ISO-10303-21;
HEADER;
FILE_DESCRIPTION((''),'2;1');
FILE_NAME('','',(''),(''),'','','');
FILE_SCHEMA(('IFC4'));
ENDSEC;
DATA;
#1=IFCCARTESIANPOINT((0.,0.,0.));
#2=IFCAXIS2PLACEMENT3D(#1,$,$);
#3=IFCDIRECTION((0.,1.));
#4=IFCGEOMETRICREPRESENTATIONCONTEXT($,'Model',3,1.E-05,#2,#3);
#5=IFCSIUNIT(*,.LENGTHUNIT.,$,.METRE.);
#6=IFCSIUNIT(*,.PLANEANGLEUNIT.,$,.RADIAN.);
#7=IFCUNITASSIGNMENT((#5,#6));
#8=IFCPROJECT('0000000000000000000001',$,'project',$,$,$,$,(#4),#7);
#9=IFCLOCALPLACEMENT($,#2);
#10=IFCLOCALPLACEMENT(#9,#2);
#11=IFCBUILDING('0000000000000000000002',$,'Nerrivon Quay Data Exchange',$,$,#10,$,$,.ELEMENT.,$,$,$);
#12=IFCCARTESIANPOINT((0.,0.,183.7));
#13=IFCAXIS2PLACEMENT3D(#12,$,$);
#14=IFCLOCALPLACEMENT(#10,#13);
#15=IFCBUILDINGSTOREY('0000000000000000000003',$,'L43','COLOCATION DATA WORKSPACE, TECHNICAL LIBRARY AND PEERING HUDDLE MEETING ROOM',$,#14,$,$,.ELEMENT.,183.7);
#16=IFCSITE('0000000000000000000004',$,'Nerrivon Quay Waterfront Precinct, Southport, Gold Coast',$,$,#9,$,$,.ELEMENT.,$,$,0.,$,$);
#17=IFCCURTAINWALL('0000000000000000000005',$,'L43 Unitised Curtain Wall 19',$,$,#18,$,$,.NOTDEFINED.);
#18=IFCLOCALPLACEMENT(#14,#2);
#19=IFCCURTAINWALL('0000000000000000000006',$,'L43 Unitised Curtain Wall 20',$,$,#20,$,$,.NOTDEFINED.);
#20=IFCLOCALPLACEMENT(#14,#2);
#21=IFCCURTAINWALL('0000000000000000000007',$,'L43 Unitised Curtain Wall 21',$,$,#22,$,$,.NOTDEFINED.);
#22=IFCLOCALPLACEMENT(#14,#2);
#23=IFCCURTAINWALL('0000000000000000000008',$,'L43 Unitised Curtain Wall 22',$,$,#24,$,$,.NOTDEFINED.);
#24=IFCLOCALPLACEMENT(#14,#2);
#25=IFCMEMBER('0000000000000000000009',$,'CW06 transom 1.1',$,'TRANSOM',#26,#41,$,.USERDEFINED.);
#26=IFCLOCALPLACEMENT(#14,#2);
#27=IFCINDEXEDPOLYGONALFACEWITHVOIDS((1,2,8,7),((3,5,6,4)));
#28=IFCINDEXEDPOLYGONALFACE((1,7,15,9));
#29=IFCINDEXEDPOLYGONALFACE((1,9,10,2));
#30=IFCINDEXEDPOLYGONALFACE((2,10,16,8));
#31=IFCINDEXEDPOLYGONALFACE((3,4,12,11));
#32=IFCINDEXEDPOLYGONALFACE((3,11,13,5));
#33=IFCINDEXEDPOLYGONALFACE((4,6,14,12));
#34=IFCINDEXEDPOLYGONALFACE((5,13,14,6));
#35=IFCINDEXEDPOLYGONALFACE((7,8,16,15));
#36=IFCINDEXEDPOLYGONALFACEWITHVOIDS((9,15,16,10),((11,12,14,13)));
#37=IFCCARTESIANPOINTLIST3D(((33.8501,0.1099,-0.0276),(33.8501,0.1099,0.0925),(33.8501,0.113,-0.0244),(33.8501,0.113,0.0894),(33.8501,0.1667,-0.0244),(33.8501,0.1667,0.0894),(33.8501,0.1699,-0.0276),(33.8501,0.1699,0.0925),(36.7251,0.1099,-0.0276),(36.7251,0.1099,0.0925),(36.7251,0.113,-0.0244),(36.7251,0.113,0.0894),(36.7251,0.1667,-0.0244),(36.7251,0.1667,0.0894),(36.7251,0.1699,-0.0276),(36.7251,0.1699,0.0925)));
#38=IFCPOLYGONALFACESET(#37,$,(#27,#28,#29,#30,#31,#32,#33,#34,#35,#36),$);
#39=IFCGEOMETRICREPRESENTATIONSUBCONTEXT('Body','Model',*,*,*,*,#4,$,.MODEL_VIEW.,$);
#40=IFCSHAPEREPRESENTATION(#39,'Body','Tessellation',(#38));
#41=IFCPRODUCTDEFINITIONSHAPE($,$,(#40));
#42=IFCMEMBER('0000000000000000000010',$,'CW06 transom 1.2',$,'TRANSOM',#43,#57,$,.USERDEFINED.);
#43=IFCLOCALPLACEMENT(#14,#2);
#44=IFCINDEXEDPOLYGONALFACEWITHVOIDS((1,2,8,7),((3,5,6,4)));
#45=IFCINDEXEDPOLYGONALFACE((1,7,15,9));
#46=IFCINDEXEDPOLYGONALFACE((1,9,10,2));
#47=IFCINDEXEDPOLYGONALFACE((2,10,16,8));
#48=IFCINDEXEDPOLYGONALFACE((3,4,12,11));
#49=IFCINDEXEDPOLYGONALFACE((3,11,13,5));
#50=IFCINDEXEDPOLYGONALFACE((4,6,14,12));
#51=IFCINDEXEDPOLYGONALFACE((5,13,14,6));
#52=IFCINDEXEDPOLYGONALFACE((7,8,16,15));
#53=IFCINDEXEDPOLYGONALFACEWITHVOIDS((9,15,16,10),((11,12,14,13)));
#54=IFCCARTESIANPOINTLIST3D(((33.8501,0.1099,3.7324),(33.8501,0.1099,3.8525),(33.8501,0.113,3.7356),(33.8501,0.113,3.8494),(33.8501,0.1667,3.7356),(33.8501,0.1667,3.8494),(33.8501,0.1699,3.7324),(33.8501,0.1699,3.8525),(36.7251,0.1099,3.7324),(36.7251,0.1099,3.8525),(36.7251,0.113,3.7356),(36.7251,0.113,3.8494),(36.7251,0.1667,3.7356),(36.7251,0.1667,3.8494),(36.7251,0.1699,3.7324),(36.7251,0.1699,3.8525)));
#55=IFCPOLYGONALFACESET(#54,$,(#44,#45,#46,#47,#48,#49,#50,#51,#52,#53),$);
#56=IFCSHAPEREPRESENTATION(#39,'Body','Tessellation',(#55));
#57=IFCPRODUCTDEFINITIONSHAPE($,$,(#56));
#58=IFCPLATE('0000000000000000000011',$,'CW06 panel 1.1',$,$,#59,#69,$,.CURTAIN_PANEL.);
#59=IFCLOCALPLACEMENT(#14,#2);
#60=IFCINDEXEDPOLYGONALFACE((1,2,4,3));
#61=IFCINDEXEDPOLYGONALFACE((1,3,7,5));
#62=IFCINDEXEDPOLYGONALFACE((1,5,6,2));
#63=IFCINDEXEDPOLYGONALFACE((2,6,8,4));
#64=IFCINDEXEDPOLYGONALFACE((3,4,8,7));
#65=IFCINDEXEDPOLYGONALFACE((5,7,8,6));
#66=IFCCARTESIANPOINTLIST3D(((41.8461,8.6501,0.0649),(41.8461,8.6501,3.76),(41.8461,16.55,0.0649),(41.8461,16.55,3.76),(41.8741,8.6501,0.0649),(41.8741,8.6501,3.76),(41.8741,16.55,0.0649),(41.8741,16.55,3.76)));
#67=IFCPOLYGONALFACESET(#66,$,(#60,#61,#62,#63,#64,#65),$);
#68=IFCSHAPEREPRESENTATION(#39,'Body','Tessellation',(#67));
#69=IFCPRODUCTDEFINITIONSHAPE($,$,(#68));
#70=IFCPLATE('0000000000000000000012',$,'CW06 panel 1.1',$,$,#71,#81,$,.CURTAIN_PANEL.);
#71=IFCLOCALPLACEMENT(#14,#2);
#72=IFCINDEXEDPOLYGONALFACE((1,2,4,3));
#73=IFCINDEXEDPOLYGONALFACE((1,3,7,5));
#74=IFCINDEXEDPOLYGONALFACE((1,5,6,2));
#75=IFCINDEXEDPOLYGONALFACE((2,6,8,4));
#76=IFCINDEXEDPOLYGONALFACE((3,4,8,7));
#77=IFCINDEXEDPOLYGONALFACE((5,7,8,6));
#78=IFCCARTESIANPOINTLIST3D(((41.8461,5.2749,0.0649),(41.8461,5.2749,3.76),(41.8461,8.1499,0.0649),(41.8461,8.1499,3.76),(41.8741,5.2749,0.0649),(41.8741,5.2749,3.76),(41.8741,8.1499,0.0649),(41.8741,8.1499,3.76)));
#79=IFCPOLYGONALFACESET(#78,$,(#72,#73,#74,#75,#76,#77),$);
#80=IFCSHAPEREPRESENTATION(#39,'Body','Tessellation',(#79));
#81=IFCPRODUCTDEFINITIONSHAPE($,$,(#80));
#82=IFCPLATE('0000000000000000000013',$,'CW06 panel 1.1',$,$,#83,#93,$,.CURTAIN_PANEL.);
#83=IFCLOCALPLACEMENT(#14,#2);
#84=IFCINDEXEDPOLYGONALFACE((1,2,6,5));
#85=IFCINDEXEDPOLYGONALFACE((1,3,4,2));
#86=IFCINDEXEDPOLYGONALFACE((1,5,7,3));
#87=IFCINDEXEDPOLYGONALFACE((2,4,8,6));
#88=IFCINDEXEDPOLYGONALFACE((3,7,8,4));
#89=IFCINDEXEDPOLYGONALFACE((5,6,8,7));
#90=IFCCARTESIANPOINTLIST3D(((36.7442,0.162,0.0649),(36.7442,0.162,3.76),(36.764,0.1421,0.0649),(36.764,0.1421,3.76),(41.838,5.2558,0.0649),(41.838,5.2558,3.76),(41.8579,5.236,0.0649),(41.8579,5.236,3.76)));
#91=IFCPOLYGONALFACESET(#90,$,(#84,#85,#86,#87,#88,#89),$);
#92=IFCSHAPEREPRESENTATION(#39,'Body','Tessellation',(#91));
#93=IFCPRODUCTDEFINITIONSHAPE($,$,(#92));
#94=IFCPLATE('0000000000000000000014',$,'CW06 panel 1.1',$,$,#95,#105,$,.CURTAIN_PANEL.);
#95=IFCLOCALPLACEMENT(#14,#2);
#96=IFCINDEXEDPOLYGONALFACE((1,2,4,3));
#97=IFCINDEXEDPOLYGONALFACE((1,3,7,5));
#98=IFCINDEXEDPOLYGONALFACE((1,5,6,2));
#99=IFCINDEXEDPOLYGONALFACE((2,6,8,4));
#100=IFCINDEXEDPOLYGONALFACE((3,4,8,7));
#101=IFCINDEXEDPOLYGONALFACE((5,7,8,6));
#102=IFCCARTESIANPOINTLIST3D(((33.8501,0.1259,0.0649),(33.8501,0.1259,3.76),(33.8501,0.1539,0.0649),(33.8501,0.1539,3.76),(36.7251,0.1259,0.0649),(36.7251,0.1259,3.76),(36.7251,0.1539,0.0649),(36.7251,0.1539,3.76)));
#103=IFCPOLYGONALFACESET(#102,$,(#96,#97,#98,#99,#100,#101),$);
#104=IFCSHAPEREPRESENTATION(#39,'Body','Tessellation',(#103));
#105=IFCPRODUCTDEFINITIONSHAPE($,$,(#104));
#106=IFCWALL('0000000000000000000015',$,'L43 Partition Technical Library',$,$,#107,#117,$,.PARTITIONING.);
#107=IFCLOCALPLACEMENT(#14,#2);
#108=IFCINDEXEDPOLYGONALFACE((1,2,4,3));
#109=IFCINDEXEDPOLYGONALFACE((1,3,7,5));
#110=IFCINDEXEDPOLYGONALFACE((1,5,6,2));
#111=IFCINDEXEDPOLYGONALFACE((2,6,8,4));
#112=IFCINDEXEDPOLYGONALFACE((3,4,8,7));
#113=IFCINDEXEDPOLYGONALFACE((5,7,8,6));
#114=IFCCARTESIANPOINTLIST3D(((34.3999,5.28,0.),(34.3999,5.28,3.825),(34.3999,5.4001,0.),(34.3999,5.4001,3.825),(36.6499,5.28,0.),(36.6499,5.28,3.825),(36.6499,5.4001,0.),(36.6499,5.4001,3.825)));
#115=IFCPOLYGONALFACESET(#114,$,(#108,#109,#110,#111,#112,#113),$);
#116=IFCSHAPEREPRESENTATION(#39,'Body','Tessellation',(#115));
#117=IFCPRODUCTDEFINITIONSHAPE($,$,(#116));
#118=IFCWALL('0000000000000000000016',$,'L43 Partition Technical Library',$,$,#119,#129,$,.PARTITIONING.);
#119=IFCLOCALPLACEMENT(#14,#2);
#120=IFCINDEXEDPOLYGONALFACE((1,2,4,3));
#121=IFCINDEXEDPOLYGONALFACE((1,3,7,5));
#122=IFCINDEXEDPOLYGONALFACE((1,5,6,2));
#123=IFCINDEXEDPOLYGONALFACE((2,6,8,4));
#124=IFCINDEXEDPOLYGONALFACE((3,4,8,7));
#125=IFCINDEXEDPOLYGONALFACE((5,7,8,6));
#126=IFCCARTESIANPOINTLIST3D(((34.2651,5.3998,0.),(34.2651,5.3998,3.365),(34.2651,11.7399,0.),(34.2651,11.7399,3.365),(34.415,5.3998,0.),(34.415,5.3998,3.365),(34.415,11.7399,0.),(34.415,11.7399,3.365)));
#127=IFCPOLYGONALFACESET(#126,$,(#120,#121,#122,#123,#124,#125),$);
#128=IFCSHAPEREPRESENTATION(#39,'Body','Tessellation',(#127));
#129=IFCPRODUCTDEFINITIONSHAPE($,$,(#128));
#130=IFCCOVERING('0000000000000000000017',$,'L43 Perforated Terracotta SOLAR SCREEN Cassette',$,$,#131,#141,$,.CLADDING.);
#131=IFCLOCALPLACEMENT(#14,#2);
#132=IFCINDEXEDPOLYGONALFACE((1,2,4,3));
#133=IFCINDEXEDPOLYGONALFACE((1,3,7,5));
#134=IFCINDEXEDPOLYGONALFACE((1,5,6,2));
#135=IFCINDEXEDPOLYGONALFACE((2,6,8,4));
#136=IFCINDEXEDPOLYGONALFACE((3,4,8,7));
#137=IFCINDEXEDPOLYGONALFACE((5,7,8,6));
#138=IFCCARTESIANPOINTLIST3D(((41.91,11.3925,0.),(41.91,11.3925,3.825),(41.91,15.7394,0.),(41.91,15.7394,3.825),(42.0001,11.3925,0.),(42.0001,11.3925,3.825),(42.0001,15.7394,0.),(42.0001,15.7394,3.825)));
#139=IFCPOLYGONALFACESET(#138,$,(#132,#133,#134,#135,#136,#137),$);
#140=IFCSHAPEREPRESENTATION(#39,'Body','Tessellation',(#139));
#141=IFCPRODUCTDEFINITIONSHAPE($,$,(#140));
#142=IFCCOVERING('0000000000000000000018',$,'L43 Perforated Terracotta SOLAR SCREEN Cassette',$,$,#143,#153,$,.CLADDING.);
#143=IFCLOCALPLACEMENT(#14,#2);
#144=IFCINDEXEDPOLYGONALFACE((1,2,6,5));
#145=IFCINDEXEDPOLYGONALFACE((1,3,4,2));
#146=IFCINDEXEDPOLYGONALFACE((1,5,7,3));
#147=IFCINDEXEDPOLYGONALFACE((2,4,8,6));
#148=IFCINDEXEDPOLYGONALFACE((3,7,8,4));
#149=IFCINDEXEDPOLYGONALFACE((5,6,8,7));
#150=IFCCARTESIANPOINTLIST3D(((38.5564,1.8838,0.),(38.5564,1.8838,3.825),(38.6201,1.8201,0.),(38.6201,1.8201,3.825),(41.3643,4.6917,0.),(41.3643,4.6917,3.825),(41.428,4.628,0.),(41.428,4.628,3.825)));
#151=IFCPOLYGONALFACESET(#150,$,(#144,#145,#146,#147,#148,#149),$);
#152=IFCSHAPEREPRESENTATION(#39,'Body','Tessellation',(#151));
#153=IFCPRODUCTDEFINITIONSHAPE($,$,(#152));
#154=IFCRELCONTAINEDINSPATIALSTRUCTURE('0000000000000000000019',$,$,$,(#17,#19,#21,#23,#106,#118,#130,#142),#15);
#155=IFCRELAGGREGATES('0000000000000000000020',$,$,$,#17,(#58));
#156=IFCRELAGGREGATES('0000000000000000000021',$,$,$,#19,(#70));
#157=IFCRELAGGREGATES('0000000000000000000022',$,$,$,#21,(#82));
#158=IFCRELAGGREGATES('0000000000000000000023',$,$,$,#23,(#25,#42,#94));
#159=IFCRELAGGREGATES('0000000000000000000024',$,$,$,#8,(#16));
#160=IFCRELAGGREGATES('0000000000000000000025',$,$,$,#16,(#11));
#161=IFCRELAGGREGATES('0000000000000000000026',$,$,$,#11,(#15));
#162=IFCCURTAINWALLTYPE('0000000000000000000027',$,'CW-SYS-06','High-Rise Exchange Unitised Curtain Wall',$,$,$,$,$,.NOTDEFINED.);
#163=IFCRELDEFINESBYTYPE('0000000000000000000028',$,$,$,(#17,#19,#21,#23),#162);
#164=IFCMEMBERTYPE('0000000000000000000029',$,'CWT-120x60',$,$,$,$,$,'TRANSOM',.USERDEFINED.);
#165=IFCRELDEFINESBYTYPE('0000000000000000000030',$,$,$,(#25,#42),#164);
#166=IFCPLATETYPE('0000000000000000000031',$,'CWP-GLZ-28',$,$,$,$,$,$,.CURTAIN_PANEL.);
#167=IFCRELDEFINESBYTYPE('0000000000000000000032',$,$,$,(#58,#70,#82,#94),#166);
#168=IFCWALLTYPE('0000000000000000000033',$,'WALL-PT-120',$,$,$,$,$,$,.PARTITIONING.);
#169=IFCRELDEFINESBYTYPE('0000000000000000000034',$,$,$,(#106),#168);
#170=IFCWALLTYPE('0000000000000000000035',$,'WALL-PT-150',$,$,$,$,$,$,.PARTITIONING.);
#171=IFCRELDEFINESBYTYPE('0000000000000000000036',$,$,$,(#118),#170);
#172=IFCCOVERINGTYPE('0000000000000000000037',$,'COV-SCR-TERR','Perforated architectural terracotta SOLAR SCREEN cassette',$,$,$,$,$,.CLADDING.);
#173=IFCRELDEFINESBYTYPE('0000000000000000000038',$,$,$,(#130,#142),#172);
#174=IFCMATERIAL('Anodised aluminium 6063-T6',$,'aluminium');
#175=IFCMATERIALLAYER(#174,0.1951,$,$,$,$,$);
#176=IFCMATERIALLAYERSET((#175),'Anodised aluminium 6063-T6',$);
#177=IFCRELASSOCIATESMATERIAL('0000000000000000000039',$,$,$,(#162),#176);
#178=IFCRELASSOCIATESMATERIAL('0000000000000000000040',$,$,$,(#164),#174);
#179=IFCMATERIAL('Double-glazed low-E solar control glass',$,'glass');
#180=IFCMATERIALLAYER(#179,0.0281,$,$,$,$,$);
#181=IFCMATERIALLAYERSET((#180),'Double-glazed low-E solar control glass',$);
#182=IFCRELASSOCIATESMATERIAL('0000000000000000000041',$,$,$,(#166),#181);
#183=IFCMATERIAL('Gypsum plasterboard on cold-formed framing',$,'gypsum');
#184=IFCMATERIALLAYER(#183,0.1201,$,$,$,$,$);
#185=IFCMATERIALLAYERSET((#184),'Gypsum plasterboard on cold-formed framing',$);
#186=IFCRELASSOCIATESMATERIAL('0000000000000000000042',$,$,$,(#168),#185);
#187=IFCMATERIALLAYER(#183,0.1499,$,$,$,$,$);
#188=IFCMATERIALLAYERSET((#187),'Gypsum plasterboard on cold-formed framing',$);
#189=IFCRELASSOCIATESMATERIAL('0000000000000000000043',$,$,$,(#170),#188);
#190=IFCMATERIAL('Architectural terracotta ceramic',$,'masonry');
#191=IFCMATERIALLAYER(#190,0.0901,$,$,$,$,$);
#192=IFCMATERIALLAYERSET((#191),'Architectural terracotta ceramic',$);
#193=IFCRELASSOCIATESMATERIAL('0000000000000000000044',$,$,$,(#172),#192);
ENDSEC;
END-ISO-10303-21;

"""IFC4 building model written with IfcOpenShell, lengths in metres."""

from ifc_helpers import new_model, si_unit, direction, frame, frame_2d, origin, origin_2d, place, context, subcontext, project, spatial, rectangle, hollow_rectangle, extrude, material, layer, layer_set, material_profile, profile_set, type_object, element, aggregate, save


model = new_model("IFC4")

# Units and contexts
model_context = context("Model", 3, precision=1e-05, world=origin(), true_north=direction((0.0, 1.0)))
body_context = subcontext(model_context, "Body", "Model", "MODEL_VIEW")
ifc_project = project(units=[si_unit("LENGTHUNIT", "METRE"), si_unit("PLANEANGLEUNIT", "RADIAN")], contexts=[model_context])

# Site, building, storey
site_placement = place(None, origin())
site = spatial("IfcSite", under=ifc_project, at=site_placement, Name="Nerrivon Quay Waterfront Precinct, Southport, Gold Coast", CompositionType="ELEMENT", RefElevation=0.0)
building_placement = place(site_placement, origin())
building = spatial("IfcBuilding", under=site, at=building_placement, Name="Nerrivon Quay Data Exchange", CompositionType="ELEMENT")
storey_placement = place(building_placement, frame((0.0, 0.0, 183.7)))
storey = spatial("IfcBuildingStorey", under=building, at=storey_placement, Name="L43", Description="COLOCATION DATA WORKSPACE, TECHNICAL LIBRARY AND PEERING HUDDLE MEETING ROOM", CompositionType="ELEMENT", Elevation=183.7)

# Curtain walls
ifc_material_1 = material(Name="Anodised aluminium 6063-T6", Category="aluminium")
ifc_layer_1 = layer(ifc_material_1, 0.1951)
ifc_layer_set_1 = layer_set([ifc_layer_1], Name="Anodised aluminium 6063-T6")
curtain_wall_type = type_object("IfcCurtainWallType", Name="CW-SYS-06", Description="High-Rise Exchange Unitised Curtain Wall", PredefinedType="NOTDEFINED", material=ifc_layer_set_1)
curtain_wall_1_placement = place(storey_placement, origin())
curtain_wall_1 = element("IfcCurtainWall", 1, at=curtain_wall_1_placement, inside=storey, type_object=curtain_wall_type, Name="L43 Unitised Curtain Wall 19", PredefinedType="NOTDEFINED")
curtain_wall_2_placement = place(storey_placement, origin())
curtain_wall_2 = element("IfcCurtainWall", 2, at=curtain_wall_2_placement, inside=storey, type_object=curtain_wall_type, Name="L43 Unitised Curtain Wall 20", PredefinedType="NOTDEFINED")
curtain_wall_3_placement = place(storey_placement, origin())
curtain_wall_3 = element("IfcCurtainWall", 3, at=curtain_wall_3_placement, inside=storey, type_object=curtain_wall_type, Name="L43 Unitised Curtain Wall 21", PredefinedType="NOTDEFINED")

# Curtain wall
curtain_wall_4_placement = place(storey_placement, origin())
curtain_wall_4 = element("IfcCurtainWall", 4, at=curtain_wall_4_placement, inside=storey, type_object=curtain_wall_type, Name="L43 Unitised Curtain Wall 22", PredefinedType="NOTDEFINED")

# Members
ifc_material_profile_1 = material_profile(ifc_material_1, hollow_rectangle(XDim=0.0601, YDim=0.1201, WallThickness=0.0032, at=origin_2d()), Name="ALU-TRAN-120x60")
ifc_profile_set_1 = profile_set([ifc_material_profile_1], Name="Anodised aluminium 6063-T6")
member_type_1 = type_object("IfcMemberType", Name="CWT-120x60", ElementType="TRANSOM", PredefinedType="USERDEFINED", material=ifc_profile_set_1)
member_1_placement = place(storey_placement, frame((36.7251, 0.1399, 0.0325), z_axis=(-1.0, 0.0, 0.0), x_axis=(0.0, -1.0, 0.0)))
member_1 = element("IfcMember", 5, at=member_1_placement, type_object=member_type_1, Name="CW06 transom 1.1", ObjectType="TRANSOM", PredefinedType="USERDEFINED", context=body_context, shape_type="SweptSolid", body=[
    extrude(hollow_rectangle(XDim=0.0601, YDim=0.1201, WallThickness=0.0032, at=origin_2d()), origin(), (0.0, 0.0, 1.0), 2.875),
])
member_2_placement = place(storey_placement, frame((36.7251, 0.1399, 3.7925), z_axis=(-1.0, 0.0, 0.0), x_axis=(0.0, -1.0, 0.0)))
member_2 = element("IfcMember", 6, at=member_2_placement, type_object=member_type_1, Name="CW06 transom 1.2", ObjectType="TRANSOM", PredefinedType="USERDEFINED", context=body_context, shape_type="SweptSolid", body=[
    extrude(hollow_rectangle(XDim=0.0601, YDim=0.1201, WallThickness=0.0032, at=origin_2d()), origin(), (0.0, 0.0, 1.0), 2.875),
])

# Plates
ifc_material_2 = material(Name="Double-glazed low-E solar control glass", Category="glass")
ifc_layer_2 = layer(ifc_material_2, 0.0281)
ifc_layer_set_2 = layer_set([ifc_layer_2], Name="Double-glazed low-E solar control glass")
plate_type = type_object("IfcPlateType", Name="CWP-GLZ-28", PredefinedType="CURTAIN_PANEL", material=ifc_layer_set_2)
plate_1_placement = place(storey_placement, frame((41.8601, 12.6001, 0.0649), z_axis=(0.0, 0.0, 1.0), x_axis=(0.0, -1.0, 0.0)))
plate_1 = element("IfcPlate", 7, at=plate_1_placement, type_object=plate_type, Name="CW06 panel 1.1", PredefinedType="CURTAIN_PANEL", context=body_context, shape_type="SweptSolid", body=[
    extrude(rectangle(XDim=7.8999, YDim=0.0281, at=origin_2d()), origin(), (0.0, 0.0, 1.0), 3.6951),
])
aggregate(curtain_wall_1, [plate_1])
plate_2_placement = place(storey_placement, frame((41.8601, 6.7124, 0.0649), z_axis=(0.0, 0.0, 1.0), x_axis=(0.0, -1.0, 0.0)))
plate_2 = element("IfcPlate", 8, at=plate_2_placement, type_object=plate_type, Name="CW06 panel 1.1", PredefinedType="CURTAIN_PANEL", context=body_context, shape_type="SweptSolid", body=[
    extrude(rectangle(XDim=2.875, YDim=0.0281, at=origin_2d()), origin(), (0.0, 0.0, 1.0), 3.6951),
])
aggregate(curtain_wall_2, [plate_2])
plate_3_placement = place(storey_placement, frame((39.301, 2.699, 0.0649), z_axis=(0.0, 0.0, 1.0), x_axis=(-0.707107, -0.707107, 0.0)))
plate_3 = element("IfcPlate", 9, at=plate_3_placement, type_object=plate_type, Name="CW06 panel 1.1", PredefinedType="CURTAIN_PANEL", context=body_context, shape_type="SweptSolid", body=[
    extrude(rectangle(XDim=7.2039, YDim=0.0281, at=origin_2d()), origin(), (0.0, 0.0, 1.0), 3.6951),
])
aggregate(curtain_wall_3, [plate_3])
plate_4_placement = place(storey_placement, frame((35.2876, 0.1399, 0.0649), z_axis=(0.0, 0.0, 1.0), x_axis=(-1.0, 0.0, 0.0)))
plate_4 = element("IfcPlate", 10, at=plate_4_placement, type_object=plate_type, Name="CW06 panel 1.1", PredefinedType="CURTAIN_PANEL", context=body_context, shape_type="SweptSolid", body=[
    extrude(rectangle(XDim=2.875, YDim=0.0281, at=origin_2d()), origin(), (0.0, 0.0, 1.0), 3.6951),
])
aggregate(curtain_wall_4, [member_1, member_2, plate_4])

# Walls
ifc_material_3 = material(Name="Gypsum plasterboard on cold-formed framing", Category="gypsum")
ifc_layer_3 = layer(ifc_material_3, 0.1201)
ifc_layer_set_3 = layer_set([ifc_layer_3], Name="Gypsum plasterboard on cold-formed framing")
wall_type_1 = type_object("IfcWallType", Name="WALL-PT-120", PredefinedType="PARTITIONING", material=ifc_layer_set_3)
wall_1_placement = place(storey_placement, frame((36.6499, 5.3401, 0.0), z_axis=(0.0, 0.0, 1.0), x_axis=(-1.0, 0.0, 0.0)))
element("IfcWall", 11, at=wall_1_placement, inside=storey, type_object=wall_type_1, Name="L43 Partition Technical Library", PredefinedType="PARTITIONING", context=body_context, shape_type="SweptSolid", body=[
    extrude(rectangle(XDim=2.25, YDim=0.1201, at=frame_2d((1.125, 0.0))), origin(), (0.0, 0.0, 1.0), 3.825),
])
ifc_layer_4 = layer(ifc_material_3, 0.1499)
ifc_layer_set_4 = layer_set([ifc_layer_4], Name="Gypsum plasterboard on cold-formed framing")
wall_type_2 = type_object("IfcWallType", Name="WALL-PT-150", PredefinedType="PARTITIONING", material=ifc_layer_set_4)
wall_2_placement = place(storey_placement, frame((34.3401, 5.3999, 0.0), z_axis=(0.0, 0.0, 1.0), x_axis=(0.0, 1.0, 0.0)))
element("IfcWall", 12, at=wall_2_placement, inside=storey, type_object=wall_type_2, Name="L43 Partition Technical Library", PredefinedType="PARTITIONING", context=body_context, shape_type="SweptSolid", body=[
    extrude(rectangle(XDim=6.3401, YDim=0.1499, at=frame_2d((3.1699, 0.0))), origin(), (0.0, 0.0, 1.0), 3.365),
])

# Coverings
ifc_material_4 = material(Name="Architectural terracotta ceramic", Category="masonry")
ifc_layer_5 = layer(ifc_material_4, 0.0901)
ifc_layer_set_5 = layer_set([ifc_layer_5], Name="Architectural terracotta ceramic")
covering_type = type_object("IfcCoveringType", Name="COV-SCR-TERR", Description="Perforated architectural terracotta SOLAR SCREEN cassette", PredefinedType="CLADDING", material=ifc_layer_set_5)
covering_1_placement = place(storey_placement, frame((41.9551, 13.5659, 0.0), z_axis=(0.0, 0.0, 1.0), x_axis=(0.0, -1.0, 0.0)))
element("IfcCovering", 13, at=covering_1_placement, inside=storey, type_object=covering_type, Name="L43 Perforated Terracotta SOLAR SCREEN Cassette", PredefinedType="CLADDING", context=body_context, shape_type="SweptSolid", body=[
    extrude(rectangle(XDim=4.3469, YDim=0.0901, at=origin_2d()), origin(), (0.0, 0.0, 1.0), 3.825),
])
covering_2_placement = place(storey_placement, frame((39.9922, 3.2559, 0.0), z_axis=(0.0, 0.0, 1.0), x_axis=(-0.707107, -0.707107, 0.0)))
element("IfcCovering", 14, at=covering_2_placement, inside=storey, type_object=covering_type, Name="L43 Perforated Terracotta SOLAR SCREEN Cassette", PredefinedType="CLADDING", context=body_context, shape_type="SweptSolid", body=[
    extrude(rectangle(XDim=3.9709, YDim=0.0901, at=origin_2d()), origin(), (0.0, 0.0, 1.0), 3.825),
])

save(model, "model.ifc")
